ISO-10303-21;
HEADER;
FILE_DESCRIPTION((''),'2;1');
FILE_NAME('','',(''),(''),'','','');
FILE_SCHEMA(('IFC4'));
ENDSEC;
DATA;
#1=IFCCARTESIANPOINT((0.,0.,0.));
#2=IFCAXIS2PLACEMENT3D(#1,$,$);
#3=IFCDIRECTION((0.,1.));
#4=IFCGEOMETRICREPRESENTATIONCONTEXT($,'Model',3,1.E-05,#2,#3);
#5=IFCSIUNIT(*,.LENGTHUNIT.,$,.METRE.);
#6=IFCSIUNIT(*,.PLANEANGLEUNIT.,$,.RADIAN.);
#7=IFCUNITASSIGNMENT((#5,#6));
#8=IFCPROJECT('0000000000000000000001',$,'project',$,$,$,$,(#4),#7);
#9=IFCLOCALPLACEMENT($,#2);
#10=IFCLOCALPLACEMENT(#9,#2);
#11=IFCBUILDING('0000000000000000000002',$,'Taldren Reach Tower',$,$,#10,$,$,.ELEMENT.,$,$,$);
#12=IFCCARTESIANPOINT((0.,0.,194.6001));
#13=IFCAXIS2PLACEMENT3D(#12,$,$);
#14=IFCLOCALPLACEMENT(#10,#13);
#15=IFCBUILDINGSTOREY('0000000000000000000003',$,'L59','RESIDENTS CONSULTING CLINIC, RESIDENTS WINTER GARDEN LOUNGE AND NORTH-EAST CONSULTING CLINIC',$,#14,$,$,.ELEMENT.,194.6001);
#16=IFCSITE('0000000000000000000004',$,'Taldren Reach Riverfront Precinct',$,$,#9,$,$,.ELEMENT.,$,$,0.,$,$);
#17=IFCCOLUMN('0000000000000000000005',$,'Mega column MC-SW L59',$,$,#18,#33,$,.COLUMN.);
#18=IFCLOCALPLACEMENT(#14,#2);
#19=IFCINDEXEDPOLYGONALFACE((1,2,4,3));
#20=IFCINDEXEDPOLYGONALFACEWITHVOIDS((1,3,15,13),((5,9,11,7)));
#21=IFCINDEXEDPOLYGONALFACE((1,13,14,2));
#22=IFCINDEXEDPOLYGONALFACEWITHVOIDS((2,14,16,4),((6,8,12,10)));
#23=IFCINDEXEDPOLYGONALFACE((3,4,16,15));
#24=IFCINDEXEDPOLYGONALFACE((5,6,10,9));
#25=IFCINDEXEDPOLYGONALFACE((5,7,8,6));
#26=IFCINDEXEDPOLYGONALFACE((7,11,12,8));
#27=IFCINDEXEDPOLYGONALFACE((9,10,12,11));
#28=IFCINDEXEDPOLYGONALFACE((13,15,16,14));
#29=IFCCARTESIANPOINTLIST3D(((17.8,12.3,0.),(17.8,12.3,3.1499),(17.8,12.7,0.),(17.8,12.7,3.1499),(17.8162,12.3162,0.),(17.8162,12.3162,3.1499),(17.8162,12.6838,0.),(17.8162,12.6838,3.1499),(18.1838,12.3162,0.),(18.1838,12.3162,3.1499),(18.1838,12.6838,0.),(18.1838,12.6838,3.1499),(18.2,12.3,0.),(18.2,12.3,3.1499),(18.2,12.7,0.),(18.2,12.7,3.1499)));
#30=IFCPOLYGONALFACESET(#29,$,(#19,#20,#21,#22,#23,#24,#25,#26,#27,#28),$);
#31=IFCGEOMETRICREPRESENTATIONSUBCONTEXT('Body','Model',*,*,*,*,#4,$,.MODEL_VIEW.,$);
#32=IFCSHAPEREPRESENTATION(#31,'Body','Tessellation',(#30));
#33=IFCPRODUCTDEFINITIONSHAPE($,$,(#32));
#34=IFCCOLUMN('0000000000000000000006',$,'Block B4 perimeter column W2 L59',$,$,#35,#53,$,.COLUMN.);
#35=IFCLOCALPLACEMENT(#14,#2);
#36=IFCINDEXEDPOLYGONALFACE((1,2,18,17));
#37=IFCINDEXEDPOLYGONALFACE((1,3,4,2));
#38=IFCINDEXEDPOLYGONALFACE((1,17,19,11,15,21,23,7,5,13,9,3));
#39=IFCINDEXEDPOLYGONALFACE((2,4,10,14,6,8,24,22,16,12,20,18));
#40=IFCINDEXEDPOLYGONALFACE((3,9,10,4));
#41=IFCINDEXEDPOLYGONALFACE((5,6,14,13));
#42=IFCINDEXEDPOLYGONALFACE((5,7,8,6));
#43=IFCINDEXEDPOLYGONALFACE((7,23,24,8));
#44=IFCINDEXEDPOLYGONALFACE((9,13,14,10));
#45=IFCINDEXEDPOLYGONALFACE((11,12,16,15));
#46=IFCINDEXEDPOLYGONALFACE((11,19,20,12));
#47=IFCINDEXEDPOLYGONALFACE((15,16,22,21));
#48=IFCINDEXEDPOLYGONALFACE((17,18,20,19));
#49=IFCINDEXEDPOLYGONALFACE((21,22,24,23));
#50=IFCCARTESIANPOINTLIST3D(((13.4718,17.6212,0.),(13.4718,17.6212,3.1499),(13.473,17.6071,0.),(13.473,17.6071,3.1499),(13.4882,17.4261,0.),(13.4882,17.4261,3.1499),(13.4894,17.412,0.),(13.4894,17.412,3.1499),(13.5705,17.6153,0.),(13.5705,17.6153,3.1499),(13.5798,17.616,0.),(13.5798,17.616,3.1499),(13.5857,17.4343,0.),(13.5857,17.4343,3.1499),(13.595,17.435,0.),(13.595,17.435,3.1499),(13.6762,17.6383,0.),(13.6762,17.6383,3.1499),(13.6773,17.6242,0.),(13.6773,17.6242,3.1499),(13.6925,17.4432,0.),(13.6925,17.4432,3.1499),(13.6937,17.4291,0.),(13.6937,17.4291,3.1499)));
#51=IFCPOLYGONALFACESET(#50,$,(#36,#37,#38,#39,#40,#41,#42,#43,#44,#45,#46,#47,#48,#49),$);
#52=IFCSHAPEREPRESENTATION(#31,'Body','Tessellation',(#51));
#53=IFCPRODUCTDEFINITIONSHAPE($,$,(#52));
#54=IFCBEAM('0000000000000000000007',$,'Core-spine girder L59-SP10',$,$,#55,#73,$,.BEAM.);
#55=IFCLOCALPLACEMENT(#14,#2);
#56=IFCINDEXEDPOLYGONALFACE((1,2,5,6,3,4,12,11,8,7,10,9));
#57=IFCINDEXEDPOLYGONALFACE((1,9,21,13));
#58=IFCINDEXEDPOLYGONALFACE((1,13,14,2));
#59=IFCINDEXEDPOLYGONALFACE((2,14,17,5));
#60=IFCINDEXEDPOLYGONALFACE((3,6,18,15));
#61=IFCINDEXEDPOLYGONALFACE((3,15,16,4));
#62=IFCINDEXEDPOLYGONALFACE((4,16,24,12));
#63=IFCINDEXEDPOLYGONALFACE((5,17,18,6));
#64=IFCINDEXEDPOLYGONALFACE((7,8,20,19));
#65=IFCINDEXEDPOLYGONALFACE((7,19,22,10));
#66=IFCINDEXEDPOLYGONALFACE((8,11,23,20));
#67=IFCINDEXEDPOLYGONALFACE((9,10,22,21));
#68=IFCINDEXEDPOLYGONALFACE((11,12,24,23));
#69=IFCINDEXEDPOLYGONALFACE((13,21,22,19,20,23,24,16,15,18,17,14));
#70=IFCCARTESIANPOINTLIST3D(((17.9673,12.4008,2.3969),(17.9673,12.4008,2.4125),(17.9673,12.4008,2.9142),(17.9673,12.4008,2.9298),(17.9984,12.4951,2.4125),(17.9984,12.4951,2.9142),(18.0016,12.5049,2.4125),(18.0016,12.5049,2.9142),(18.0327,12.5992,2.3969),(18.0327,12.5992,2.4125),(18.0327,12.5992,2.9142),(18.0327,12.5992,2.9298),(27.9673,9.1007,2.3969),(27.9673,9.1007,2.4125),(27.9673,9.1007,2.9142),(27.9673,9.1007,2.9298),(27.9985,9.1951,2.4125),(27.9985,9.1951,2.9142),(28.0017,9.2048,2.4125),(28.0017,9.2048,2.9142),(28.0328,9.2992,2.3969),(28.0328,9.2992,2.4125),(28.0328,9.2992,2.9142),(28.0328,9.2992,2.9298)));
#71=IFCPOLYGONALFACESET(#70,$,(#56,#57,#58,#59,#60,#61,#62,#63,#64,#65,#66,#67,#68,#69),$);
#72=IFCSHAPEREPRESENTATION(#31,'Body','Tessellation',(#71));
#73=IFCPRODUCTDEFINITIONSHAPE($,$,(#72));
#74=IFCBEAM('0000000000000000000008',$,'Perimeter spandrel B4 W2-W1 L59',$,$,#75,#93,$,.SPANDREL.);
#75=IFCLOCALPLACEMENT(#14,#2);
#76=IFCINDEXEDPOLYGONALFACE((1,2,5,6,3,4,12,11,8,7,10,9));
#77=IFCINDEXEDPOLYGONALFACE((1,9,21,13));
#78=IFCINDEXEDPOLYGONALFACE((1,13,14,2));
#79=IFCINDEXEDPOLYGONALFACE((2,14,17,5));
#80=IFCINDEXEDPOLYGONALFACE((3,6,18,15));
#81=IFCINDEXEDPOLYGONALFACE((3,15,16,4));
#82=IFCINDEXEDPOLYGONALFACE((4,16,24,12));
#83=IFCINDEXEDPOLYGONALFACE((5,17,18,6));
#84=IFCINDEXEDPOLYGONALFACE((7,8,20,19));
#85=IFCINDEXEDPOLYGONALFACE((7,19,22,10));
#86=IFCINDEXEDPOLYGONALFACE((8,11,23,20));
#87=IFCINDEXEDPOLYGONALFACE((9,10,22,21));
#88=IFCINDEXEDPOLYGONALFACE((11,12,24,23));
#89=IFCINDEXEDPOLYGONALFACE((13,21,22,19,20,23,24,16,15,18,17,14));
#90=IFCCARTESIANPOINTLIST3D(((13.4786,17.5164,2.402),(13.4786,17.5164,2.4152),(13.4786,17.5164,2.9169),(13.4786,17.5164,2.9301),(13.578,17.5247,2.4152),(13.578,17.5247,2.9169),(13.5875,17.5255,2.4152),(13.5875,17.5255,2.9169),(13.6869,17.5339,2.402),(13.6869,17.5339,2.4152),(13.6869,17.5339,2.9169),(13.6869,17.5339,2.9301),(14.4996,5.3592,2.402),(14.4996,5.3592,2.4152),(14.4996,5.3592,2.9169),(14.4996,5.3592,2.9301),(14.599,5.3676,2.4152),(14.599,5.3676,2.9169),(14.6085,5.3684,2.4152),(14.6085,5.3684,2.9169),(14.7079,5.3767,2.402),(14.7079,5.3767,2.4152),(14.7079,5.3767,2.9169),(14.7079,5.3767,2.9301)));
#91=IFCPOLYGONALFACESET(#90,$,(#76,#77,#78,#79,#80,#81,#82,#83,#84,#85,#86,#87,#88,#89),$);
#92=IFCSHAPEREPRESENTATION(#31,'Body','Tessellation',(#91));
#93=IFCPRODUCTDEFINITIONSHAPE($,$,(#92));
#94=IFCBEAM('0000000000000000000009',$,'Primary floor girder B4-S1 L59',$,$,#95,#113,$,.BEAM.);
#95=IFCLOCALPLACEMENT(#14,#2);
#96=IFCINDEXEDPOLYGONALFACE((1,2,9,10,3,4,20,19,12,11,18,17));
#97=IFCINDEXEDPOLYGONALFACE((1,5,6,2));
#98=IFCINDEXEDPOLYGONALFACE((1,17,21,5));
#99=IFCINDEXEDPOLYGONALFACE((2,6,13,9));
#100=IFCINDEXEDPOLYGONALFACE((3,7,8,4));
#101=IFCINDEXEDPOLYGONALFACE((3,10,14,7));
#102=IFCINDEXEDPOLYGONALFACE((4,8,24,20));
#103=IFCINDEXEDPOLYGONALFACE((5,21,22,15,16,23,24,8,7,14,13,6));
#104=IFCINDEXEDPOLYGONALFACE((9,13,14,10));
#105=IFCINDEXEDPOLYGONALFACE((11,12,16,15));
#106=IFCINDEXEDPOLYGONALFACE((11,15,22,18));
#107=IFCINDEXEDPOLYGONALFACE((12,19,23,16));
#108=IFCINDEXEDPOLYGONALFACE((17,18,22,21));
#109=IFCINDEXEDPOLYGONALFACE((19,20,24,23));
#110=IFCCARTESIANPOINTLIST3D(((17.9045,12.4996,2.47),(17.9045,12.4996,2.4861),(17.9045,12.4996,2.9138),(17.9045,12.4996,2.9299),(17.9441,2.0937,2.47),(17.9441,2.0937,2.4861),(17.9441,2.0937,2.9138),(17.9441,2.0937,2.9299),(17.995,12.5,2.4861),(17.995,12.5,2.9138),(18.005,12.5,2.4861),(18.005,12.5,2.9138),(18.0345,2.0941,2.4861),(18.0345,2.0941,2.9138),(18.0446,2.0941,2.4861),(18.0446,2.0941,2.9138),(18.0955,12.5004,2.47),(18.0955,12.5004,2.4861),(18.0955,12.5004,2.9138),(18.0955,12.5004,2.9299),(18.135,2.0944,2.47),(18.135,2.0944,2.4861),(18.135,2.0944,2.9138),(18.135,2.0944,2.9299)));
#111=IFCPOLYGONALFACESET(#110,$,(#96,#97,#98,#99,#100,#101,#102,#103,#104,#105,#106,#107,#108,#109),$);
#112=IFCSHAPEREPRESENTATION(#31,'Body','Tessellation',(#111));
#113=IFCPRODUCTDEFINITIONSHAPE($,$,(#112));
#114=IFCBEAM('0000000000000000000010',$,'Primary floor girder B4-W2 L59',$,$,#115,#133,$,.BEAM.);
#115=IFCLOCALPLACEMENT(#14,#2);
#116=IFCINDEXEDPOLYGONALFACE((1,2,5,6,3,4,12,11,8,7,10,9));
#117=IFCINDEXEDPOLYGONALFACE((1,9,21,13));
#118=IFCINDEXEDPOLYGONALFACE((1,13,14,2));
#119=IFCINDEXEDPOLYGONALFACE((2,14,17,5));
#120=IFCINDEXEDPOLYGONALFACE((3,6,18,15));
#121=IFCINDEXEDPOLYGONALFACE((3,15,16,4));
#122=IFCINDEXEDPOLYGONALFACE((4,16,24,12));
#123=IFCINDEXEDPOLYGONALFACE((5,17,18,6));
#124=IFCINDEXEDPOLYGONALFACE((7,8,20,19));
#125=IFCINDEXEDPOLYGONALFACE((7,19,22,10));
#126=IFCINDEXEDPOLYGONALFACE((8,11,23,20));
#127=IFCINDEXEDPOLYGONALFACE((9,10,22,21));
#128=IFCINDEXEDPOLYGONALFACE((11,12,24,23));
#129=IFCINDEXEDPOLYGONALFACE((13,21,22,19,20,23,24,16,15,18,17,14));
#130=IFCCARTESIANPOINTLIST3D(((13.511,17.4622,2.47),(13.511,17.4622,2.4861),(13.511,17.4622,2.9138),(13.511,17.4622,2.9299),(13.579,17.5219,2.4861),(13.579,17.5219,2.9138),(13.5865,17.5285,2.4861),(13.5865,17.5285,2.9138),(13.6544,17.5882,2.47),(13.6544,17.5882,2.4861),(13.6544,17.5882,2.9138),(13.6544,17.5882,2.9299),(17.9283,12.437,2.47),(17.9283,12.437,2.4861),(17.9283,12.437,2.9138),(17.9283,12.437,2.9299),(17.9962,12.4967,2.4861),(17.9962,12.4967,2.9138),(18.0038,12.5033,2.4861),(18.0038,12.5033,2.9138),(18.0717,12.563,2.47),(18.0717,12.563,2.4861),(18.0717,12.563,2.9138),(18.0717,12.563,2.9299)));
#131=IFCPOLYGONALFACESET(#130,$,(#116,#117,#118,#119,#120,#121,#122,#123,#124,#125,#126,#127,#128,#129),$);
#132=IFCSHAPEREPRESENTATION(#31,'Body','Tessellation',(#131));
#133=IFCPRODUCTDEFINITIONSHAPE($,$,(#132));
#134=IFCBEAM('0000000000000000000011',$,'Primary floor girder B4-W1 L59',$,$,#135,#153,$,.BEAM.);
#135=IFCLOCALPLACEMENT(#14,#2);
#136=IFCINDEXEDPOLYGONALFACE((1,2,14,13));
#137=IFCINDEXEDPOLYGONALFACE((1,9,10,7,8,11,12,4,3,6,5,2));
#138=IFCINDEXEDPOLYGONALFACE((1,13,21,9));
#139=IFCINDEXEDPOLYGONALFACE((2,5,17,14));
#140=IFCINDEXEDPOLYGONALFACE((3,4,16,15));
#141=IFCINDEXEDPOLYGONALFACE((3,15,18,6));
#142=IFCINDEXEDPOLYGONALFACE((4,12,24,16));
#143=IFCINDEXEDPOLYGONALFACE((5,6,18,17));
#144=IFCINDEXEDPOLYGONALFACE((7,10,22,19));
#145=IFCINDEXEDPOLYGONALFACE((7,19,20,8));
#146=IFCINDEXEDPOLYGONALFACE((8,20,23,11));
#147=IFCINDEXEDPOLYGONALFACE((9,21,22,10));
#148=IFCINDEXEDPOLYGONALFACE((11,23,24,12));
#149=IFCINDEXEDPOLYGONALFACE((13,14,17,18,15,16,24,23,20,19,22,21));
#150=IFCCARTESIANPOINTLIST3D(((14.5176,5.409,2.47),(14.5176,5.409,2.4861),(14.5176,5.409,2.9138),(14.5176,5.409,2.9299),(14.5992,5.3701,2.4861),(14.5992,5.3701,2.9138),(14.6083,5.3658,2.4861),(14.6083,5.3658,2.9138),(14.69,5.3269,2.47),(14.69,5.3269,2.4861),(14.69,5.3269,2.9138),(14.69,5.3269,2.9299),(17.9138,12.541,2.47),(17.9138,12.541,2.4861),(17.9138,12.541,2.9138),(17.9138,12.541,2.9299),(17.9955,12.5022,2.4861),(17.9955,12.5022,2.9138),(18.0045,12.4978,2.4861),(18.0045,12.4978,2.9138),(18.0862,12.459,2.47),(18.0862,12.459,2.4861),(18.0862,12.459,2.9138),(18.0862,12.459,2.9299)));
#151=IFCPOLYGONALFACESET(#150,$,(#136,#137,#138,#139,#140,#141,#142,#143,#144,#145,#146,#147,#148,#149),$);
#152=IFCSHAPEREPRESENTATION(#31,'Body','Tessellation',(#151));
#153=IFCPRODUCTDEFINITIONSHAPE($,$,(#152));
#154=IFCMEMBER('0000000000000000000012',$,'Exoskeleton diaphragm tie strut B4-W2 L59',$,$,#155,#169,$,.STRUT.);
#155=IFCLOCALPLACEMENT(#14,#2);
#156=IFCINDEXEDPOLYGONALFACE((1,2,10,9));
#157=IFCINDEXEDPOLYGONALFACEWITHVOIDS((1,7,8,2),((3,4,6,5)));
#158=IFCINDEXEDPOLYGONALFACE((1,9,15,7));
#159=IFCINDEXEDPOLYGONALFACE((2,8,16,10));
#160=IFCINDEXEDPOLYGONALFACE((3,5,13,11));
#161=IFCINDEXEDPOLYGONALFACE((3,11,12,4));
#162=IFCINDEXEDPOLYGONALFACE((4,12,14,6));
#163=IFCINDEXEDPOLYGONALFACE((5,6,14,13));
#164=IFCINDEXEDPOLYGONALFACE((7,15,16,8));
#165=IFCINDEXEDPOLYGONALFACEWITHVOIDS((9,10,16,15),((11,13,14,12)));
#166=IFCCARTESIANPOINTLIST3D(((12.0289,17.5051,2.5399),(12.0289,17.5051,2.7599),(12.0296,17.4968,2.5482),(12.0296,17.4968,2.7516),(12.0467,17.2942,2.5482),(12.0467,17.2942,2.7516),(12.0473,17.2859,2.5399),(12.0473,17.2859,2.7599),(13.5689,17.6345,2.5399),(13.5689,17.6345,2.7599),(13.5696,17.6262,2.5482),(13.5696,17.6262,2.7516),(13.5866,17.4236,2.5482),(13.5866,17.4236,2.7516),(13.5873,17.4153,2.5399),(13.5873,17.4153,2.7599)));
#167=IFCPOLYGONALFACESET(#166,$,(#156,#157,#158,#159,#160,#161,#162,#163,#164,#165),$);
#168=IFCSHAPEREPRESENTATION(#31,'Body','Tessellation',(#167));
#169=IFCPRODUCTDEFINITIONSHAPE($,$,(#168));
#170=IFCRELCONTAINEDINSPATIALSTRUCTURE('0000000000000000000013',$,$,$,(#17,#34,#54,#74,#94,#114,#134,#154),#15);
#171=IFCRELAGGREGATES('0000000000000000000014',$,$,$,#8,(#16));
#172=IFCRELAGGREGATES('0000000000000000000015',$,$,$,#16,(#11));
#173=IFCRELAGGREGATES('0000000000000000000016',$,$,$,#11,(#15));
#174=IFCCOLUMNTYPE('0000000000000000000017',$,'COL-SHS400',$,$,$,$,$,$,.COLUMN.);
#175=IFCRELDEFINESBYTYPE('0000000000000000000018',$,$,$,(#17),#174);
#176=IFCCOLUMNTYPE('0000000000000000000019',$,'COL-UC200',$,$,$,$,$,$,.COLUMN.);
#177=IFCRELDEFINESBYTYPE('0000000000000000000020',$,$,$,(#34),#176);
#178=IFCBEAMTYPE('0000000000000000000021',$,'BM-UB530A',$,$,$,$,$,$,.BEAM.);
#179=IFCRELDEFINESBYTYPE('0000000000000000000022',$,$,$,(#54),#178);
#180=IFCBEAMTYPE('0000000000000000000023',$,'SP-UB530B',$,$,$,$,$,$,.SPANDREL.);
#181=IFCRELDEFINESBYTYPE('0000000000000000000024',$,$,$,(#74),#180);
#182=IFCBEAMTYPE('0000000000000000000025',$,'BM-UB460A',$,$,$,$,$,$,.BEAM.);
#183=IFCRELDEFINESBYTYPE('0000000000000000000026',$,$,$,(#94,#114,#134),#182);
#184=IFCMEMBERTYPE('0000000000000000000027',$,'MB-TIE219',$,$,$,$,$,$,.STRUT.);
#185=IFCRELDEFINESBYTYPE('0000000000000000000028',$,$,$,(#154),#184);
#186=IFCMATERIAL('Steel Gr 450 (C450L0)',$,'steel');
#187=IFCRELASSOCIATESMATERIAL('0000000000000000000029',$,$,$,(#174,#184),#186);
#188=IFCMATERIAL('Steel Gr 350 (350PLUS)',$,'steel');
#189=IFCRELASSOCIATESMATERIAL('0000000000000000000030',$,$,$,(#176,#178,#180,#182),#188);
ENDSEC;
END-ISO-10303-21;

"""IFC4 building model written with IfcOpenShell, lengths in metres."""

from ifc_helpers import new_model, si_unit, direction, frame, origin, origin_2d, place, context, subcontext, project, spatial, hollow_rectangle, i_section, extrude, source, transform, mapped, material, material_profile, profile_set, type_object, element, save


model = new_model("IFC4")

# Units and contexts
model_context = context("Model", 3, precision=1e-05, world=origin(), true_north=direction((0.0, 1.0)))
body_context = subcontext(model_context, "Body", "Model", "MODEL_VIEW")
ifc_project = project(units=[si_unit("LENGTHUNIT", "METRE"), si_unit("PLANEANGLEUNIT", "RADIAN")], contexts=[model_context])

# Site, building, storey
site_placement = place(None, origin())
site = spatial("IfcSite", under=ifc_project, at=site_placement, Name="Taldren Reach Riverfront Precinct", CompositionType="ELEMENT", RefElevation=0.0)
building_placement = place(site_placement, origin())
building = spatial("IfcBuilding", under=site, at=building_placement, Name="Taldren Reach Tower", CompositionType="ELEMENT")
storey_placement = place(building_placement, frame((0.0, 0.0, 194.6001)))
storey = spatial("IfcBuildingStorey", under=building, at=storey_placement, Name="L59", Description="RESIDENTS CONSULTING CLINIC, RESIDENTS WINTER GARDEN LOUNGE AND NORTH-EAST CONSULTING CLINIC", CompositionType="ELEMENT", Elevation=194.6001)

# Columns
ifc_material_1 = material(Name="Steel Gr 450 (C450L0)", Category="steel")
ifc_material_profile_1 = material_profile(ifc_material_1, hollow_rectangle(XDim=0.3999, YDim=0.3999, WallThickness=0.0161, at=origin_2d()), Name="400x400x16.0SHS")
ifc_profile_set_1 = profile_set([ifc_material_profile_1], Name="Steel Gr 450 (C450L0)")
column_type_1 = type_object("IfcColumnType", Name="COL-SHS400", PredefinedType="COLUMN", material=ifc_profile_set_1)
shared_shape_1 = source(origin(), body_context, "Body", "SweptSolid", [
    extrude(hollow_rectangle(XDim=0.3999, YDim=0.3999, WallThickness=0.0161, at=origin_2d()), origin(), (0.0, 0.0, 1.0), 3.1499),
])
column_1_placement = place(storey_placement, frame((18.0, 12.5, 0.0), z_axis=(0.0, 0.0, 1.0), x_axis=(1.0, 0.0, 0.0)))
element("IfcColumn", 1, at=column_1_placement, inside=storey, type_object=column_type_1, Name="Mega column MC-SW L59", PredefinedType="COLUMN", context=body_context, shape_type="MappedRepresentation", body=[
    mapped(shared_shape_1, transform((0.0, 0.0, 0.0), scale=1.0)),
])
ifc_material_2 = material(Name="Steel Gr 350 (350PLUS)", Category="steel")
ifc_material_profile_2 = material_profile(ifc_material_2, i_section(OverallWidth=0.2051, OverallDepth=0.21, WebThickness=0.0093, FlangeThickness=0.0142, at=origin_2d()), Name="200UC59.5")
ifc_profile_set_2 = profile_set([ifc_material_profile_2], Name="Steel Gr 350 (350PLUS)")
column_type_2 = type_object("IfcColumnType", Name="COL-UC200", PredefinedType="COLUMN", material=ifc_profile_set_2)
shared_shape_2 = source(origin(), body_context, "Body", "SweptSolid", [
    extrude(i_section(OverallWidth=0.2051, OverallDepth=0.21, WebThickness=0.0093, FlangeThickness=0.0142, at=origin_2d()), origin(), (0.0, 0.0, 1.0), 3.1499),
])
column_2_placement = place(storey_placement, frame((13.5828, 17.5251, 0.0), z_axis=(0.0, 0.0, 1.0), x_axis=(0.996493, 0.083678, 0.0)))
element("IfcColumn", 2, at=column_2_placement, inside=storey, type_object=column_type_2, Name="Block B4 perimeter column W2 L59", PredefinedType="COLUMN", context=body_context, shape_type="MappedRepresentation", body=[
    mapped(shared_shape_2, transform((0.0, 0.0, 0.0), scale=1.0)),
])

# Beams
ifc_material_profile_3 = material_profile(ifc_material_2, i_section(OverallWidth=0.209, OverallDepth=0.533, WebThickness=0.0103, FlangeThickness=0.0156, at=origin_2d()), Name="530UB92.4")
ifc_profile_set_3 = profile_set([ifc_material_profile_3], Name="Steel Gr 350 (350PLUS)")
beam_type_1 = type_object("IfcBeamType", Name="BM-UB530A", PredefinedType="BEAM", material=ifc_profile_set_3)
shared_shape_3 = source(origin(), body_context, "Body", "SweptSolid", [
    extrude(i_section(OverallWidth=0.209, OverallDepth=0.533, WebThickness=0.0103, FlangeThickness=0.0156, at=origin_2d()), origin(), (0.0, 0.0, 1.0), 10.5305),
])
beam_1_placement = place(storey_placement, frame((18.0, 12.5, 2.6633), z_axis=(0.949627, -0.313382, 0.0), x_axis=(0.313382, 0.949627, 0.0)))
element("IfcBeam", 3, at=beam_1_placement, inside=storey, type_object=beam_type_1, Name="Core-spine girder L59-SP10", PredefinedType="BEAM", context=body_context, shape_type="MappedRepresentation", body=[
    mapped(shared_shape_3, transform((0.0, 0.0, 0.0), scale=1.0)),
])
ifc_material_profile_4 = material_profile(ifc_material_2, i_section(OverallWidth=0.209, OverallDepth=0.5281, WebThickness=0.0095, FlangeThickness=0.0132, at=origin_2d()), Name="530UB82.0")
ifc_profile_set_4 = profile_set([ifc_material_profile_4], Name="Steel Gr 350 (350PLUS)")
beam_type_2 = type_object("IfcBeamType", Name="SP-UB530B", PredefinedType="SPANDREL", material=ifc_profile_set_4)
shared_shape_4 = source(origin(), body_context, "Body", "SweptSolid", [
    extrude(i_section(OverallWidth=0.209, OverallDepth=0.5281, WebThickness=0.0095, FlangeThickness=0.0132, at=origin_2d()), origin(), (0.0, 0.0, 1.0), 12.2),
])
beam_2_placement = place(storey_placement, frame((13.5828, 17.5251, 2.666), z_axis=(0.083688, -0.996492, 0.0), x_axis=(0.996492, 0.083688, 0.0)))
element("IfcBeam", 4, at=beam_2_placement, inside=storey, type_object=beam_type_2, Name="Perimeter spandrel B4 W2-W1 L59", PredefinedType="SPANDREL", context=body_context, shape_type="MappedRepresentation", body=[
    mapped(shared_shape_4, transform((0.0, 0.0, 0.0), scale=1.0)),
])
ifc_material_profile_5 = material_profile(ifc_material_2, i_section(OverallWidth=0.1909, OverallDepth=0.46, WebThickness=0.01, FlangeThickness=0.0161, at=origin_2d()), Name="460UB82.1")
ifc_profile_set_5 = profile_set([ifc_material_profile_5], Name="Steel Gr 350 (350PLUS)")
beam_type_3 = type_object("IfcBeamType", Name="BM-UB460A", PredefinedType="BEAM", material=ifc_profile_set_5)
shared_shape_5 = source(origin(), body_context, "Body", "SweptSolid", [
    extrude(i_section(OverallWidth=0.1909, OverallDepth=0.46, WebThickness=0.01, FlangeThickness=0.0161, at=origin_2d()), origin(), (0.0, 0.0, 1.0), 10.406),
])
beam_3_placement = place(storey_placement, frame((18.0, 12.5, 2.7), z_axis=(0.003801, -0.999993, 0.0), x_axis=(0.999993, 0.003801, 0.0)))
element("IfcBeam", 5, at=beam_3_placement, inside=storey, type_object=beam_type_3, Name="Primary floor girder B4-S1 L59", PredefinedType="BEAM", context=body_context, shape_type="MappedRepresentation", body=[
    mapped(shared_shape_5, transform((0.0, 0.0, 0.0), scale=1.0)),
])
shared_shape_6 = source(origin(), body_context, "Body", "SweptSolid", [
    extrude(i_section(OverallWidth=0.1909, OverallDepth=0.46, WebThickness=0.01, FlangeThickness=0.0161, at=origin_2d()), origin(), (0.0, 0.0, 1.0), 6.6907),
])
beam_4_placement = place(storey_placement, frame((18.0, 12.5, 2.7), z_axis=(-0.660216, 0.751076, 0.0), x_axis=(-0.751076, -0.660216, 0.0)))
element("IfcBeam", 6, at=beam_4_placement, inside=storey, type_object=beam_type_3, Name="Primary floor girder B4-W2 L59", PredefinedType="BEAM", context=body_context, shape_type="MappedRepresentation", body=[
    mapped(shared_shape_6, transform((0.0, 0.0, 0.0), scale=1.0)),
])
shared_shape_7 = source(origin(), body_context, "Body", "SweptSolid", [
    extrude(i_section(OverallWidth=0.1909, OverallDepth=0.46, WebThickness=0.01, FlangeThickness=0.0161, at=origin_2d()), origin(), (0.0, 0.0, 1.0), 7.8994),
])
beam_5_placement = place(storey_placement, frame((18.0, 12.5, 2.7), z_axis=(-0.429935, -0.90286, 0.0), x_axis=(0.90286, -0.429935, 0.0)))
element("IfcBeam", 7, at=beam_5_placement, inside=storey, type_object=beam_type_3, Name="Primary floor girder B4-W1 L59", PredefinedType="BEAM", context=body_context, shape_type="MappedRepresentation", body=[
    mapped(shared_shape_7, transform((0.0, 0.0, 0.0), scale=1.0)),
])

# Member
ifc_material_profile_6 = material_profile(ifc_material_1, hollow_rectangle(XDim=0.22, YDim=0.22, WallThickness=0.0083, at=origin_2d()), Name="220x220x8.2SHS")
ifc_profile_set_6 = profile_set([ifc_material_profile_6], Name="Steel Gr 450 (C450L0)")
member_type_1 = type_object("IfcMemberType", Name="MB-TIE219", PredefinedType="STRUT", material=ifc_profile_set_6)
shared_shape_8 = source(origin(), body_context, "Body", "SweptSolid", [
    extrude(hollow_rectangle(XDim=0.22, YDim=0.22, WallThickness=0.0083, at=origin_2d()), origin(), (0.0, 0.0, 1.0), 1.5454),
])
member_1_placement = place(storey_placement, frame((13.5781, 17.5249, 2.6499), z_axis=(-0.996489, -0.083725, 0.0), x_axis=(0.083725, -0.996489, 0.0)))
element("IfcMember", 8, at=member_1_placement, inside=storey, type_object=member_type_1, Name="Exoskeleton diaphragm tie strut B4-W2 L59", PredefinedType="STRUT", context=body_context, shape_type="MappedRepresentation", body=[
    mapped(shared_shape_8, transform((0.0, 0.0, 0.0), scale=1.0)),
])

save(model, "model.ifc")
